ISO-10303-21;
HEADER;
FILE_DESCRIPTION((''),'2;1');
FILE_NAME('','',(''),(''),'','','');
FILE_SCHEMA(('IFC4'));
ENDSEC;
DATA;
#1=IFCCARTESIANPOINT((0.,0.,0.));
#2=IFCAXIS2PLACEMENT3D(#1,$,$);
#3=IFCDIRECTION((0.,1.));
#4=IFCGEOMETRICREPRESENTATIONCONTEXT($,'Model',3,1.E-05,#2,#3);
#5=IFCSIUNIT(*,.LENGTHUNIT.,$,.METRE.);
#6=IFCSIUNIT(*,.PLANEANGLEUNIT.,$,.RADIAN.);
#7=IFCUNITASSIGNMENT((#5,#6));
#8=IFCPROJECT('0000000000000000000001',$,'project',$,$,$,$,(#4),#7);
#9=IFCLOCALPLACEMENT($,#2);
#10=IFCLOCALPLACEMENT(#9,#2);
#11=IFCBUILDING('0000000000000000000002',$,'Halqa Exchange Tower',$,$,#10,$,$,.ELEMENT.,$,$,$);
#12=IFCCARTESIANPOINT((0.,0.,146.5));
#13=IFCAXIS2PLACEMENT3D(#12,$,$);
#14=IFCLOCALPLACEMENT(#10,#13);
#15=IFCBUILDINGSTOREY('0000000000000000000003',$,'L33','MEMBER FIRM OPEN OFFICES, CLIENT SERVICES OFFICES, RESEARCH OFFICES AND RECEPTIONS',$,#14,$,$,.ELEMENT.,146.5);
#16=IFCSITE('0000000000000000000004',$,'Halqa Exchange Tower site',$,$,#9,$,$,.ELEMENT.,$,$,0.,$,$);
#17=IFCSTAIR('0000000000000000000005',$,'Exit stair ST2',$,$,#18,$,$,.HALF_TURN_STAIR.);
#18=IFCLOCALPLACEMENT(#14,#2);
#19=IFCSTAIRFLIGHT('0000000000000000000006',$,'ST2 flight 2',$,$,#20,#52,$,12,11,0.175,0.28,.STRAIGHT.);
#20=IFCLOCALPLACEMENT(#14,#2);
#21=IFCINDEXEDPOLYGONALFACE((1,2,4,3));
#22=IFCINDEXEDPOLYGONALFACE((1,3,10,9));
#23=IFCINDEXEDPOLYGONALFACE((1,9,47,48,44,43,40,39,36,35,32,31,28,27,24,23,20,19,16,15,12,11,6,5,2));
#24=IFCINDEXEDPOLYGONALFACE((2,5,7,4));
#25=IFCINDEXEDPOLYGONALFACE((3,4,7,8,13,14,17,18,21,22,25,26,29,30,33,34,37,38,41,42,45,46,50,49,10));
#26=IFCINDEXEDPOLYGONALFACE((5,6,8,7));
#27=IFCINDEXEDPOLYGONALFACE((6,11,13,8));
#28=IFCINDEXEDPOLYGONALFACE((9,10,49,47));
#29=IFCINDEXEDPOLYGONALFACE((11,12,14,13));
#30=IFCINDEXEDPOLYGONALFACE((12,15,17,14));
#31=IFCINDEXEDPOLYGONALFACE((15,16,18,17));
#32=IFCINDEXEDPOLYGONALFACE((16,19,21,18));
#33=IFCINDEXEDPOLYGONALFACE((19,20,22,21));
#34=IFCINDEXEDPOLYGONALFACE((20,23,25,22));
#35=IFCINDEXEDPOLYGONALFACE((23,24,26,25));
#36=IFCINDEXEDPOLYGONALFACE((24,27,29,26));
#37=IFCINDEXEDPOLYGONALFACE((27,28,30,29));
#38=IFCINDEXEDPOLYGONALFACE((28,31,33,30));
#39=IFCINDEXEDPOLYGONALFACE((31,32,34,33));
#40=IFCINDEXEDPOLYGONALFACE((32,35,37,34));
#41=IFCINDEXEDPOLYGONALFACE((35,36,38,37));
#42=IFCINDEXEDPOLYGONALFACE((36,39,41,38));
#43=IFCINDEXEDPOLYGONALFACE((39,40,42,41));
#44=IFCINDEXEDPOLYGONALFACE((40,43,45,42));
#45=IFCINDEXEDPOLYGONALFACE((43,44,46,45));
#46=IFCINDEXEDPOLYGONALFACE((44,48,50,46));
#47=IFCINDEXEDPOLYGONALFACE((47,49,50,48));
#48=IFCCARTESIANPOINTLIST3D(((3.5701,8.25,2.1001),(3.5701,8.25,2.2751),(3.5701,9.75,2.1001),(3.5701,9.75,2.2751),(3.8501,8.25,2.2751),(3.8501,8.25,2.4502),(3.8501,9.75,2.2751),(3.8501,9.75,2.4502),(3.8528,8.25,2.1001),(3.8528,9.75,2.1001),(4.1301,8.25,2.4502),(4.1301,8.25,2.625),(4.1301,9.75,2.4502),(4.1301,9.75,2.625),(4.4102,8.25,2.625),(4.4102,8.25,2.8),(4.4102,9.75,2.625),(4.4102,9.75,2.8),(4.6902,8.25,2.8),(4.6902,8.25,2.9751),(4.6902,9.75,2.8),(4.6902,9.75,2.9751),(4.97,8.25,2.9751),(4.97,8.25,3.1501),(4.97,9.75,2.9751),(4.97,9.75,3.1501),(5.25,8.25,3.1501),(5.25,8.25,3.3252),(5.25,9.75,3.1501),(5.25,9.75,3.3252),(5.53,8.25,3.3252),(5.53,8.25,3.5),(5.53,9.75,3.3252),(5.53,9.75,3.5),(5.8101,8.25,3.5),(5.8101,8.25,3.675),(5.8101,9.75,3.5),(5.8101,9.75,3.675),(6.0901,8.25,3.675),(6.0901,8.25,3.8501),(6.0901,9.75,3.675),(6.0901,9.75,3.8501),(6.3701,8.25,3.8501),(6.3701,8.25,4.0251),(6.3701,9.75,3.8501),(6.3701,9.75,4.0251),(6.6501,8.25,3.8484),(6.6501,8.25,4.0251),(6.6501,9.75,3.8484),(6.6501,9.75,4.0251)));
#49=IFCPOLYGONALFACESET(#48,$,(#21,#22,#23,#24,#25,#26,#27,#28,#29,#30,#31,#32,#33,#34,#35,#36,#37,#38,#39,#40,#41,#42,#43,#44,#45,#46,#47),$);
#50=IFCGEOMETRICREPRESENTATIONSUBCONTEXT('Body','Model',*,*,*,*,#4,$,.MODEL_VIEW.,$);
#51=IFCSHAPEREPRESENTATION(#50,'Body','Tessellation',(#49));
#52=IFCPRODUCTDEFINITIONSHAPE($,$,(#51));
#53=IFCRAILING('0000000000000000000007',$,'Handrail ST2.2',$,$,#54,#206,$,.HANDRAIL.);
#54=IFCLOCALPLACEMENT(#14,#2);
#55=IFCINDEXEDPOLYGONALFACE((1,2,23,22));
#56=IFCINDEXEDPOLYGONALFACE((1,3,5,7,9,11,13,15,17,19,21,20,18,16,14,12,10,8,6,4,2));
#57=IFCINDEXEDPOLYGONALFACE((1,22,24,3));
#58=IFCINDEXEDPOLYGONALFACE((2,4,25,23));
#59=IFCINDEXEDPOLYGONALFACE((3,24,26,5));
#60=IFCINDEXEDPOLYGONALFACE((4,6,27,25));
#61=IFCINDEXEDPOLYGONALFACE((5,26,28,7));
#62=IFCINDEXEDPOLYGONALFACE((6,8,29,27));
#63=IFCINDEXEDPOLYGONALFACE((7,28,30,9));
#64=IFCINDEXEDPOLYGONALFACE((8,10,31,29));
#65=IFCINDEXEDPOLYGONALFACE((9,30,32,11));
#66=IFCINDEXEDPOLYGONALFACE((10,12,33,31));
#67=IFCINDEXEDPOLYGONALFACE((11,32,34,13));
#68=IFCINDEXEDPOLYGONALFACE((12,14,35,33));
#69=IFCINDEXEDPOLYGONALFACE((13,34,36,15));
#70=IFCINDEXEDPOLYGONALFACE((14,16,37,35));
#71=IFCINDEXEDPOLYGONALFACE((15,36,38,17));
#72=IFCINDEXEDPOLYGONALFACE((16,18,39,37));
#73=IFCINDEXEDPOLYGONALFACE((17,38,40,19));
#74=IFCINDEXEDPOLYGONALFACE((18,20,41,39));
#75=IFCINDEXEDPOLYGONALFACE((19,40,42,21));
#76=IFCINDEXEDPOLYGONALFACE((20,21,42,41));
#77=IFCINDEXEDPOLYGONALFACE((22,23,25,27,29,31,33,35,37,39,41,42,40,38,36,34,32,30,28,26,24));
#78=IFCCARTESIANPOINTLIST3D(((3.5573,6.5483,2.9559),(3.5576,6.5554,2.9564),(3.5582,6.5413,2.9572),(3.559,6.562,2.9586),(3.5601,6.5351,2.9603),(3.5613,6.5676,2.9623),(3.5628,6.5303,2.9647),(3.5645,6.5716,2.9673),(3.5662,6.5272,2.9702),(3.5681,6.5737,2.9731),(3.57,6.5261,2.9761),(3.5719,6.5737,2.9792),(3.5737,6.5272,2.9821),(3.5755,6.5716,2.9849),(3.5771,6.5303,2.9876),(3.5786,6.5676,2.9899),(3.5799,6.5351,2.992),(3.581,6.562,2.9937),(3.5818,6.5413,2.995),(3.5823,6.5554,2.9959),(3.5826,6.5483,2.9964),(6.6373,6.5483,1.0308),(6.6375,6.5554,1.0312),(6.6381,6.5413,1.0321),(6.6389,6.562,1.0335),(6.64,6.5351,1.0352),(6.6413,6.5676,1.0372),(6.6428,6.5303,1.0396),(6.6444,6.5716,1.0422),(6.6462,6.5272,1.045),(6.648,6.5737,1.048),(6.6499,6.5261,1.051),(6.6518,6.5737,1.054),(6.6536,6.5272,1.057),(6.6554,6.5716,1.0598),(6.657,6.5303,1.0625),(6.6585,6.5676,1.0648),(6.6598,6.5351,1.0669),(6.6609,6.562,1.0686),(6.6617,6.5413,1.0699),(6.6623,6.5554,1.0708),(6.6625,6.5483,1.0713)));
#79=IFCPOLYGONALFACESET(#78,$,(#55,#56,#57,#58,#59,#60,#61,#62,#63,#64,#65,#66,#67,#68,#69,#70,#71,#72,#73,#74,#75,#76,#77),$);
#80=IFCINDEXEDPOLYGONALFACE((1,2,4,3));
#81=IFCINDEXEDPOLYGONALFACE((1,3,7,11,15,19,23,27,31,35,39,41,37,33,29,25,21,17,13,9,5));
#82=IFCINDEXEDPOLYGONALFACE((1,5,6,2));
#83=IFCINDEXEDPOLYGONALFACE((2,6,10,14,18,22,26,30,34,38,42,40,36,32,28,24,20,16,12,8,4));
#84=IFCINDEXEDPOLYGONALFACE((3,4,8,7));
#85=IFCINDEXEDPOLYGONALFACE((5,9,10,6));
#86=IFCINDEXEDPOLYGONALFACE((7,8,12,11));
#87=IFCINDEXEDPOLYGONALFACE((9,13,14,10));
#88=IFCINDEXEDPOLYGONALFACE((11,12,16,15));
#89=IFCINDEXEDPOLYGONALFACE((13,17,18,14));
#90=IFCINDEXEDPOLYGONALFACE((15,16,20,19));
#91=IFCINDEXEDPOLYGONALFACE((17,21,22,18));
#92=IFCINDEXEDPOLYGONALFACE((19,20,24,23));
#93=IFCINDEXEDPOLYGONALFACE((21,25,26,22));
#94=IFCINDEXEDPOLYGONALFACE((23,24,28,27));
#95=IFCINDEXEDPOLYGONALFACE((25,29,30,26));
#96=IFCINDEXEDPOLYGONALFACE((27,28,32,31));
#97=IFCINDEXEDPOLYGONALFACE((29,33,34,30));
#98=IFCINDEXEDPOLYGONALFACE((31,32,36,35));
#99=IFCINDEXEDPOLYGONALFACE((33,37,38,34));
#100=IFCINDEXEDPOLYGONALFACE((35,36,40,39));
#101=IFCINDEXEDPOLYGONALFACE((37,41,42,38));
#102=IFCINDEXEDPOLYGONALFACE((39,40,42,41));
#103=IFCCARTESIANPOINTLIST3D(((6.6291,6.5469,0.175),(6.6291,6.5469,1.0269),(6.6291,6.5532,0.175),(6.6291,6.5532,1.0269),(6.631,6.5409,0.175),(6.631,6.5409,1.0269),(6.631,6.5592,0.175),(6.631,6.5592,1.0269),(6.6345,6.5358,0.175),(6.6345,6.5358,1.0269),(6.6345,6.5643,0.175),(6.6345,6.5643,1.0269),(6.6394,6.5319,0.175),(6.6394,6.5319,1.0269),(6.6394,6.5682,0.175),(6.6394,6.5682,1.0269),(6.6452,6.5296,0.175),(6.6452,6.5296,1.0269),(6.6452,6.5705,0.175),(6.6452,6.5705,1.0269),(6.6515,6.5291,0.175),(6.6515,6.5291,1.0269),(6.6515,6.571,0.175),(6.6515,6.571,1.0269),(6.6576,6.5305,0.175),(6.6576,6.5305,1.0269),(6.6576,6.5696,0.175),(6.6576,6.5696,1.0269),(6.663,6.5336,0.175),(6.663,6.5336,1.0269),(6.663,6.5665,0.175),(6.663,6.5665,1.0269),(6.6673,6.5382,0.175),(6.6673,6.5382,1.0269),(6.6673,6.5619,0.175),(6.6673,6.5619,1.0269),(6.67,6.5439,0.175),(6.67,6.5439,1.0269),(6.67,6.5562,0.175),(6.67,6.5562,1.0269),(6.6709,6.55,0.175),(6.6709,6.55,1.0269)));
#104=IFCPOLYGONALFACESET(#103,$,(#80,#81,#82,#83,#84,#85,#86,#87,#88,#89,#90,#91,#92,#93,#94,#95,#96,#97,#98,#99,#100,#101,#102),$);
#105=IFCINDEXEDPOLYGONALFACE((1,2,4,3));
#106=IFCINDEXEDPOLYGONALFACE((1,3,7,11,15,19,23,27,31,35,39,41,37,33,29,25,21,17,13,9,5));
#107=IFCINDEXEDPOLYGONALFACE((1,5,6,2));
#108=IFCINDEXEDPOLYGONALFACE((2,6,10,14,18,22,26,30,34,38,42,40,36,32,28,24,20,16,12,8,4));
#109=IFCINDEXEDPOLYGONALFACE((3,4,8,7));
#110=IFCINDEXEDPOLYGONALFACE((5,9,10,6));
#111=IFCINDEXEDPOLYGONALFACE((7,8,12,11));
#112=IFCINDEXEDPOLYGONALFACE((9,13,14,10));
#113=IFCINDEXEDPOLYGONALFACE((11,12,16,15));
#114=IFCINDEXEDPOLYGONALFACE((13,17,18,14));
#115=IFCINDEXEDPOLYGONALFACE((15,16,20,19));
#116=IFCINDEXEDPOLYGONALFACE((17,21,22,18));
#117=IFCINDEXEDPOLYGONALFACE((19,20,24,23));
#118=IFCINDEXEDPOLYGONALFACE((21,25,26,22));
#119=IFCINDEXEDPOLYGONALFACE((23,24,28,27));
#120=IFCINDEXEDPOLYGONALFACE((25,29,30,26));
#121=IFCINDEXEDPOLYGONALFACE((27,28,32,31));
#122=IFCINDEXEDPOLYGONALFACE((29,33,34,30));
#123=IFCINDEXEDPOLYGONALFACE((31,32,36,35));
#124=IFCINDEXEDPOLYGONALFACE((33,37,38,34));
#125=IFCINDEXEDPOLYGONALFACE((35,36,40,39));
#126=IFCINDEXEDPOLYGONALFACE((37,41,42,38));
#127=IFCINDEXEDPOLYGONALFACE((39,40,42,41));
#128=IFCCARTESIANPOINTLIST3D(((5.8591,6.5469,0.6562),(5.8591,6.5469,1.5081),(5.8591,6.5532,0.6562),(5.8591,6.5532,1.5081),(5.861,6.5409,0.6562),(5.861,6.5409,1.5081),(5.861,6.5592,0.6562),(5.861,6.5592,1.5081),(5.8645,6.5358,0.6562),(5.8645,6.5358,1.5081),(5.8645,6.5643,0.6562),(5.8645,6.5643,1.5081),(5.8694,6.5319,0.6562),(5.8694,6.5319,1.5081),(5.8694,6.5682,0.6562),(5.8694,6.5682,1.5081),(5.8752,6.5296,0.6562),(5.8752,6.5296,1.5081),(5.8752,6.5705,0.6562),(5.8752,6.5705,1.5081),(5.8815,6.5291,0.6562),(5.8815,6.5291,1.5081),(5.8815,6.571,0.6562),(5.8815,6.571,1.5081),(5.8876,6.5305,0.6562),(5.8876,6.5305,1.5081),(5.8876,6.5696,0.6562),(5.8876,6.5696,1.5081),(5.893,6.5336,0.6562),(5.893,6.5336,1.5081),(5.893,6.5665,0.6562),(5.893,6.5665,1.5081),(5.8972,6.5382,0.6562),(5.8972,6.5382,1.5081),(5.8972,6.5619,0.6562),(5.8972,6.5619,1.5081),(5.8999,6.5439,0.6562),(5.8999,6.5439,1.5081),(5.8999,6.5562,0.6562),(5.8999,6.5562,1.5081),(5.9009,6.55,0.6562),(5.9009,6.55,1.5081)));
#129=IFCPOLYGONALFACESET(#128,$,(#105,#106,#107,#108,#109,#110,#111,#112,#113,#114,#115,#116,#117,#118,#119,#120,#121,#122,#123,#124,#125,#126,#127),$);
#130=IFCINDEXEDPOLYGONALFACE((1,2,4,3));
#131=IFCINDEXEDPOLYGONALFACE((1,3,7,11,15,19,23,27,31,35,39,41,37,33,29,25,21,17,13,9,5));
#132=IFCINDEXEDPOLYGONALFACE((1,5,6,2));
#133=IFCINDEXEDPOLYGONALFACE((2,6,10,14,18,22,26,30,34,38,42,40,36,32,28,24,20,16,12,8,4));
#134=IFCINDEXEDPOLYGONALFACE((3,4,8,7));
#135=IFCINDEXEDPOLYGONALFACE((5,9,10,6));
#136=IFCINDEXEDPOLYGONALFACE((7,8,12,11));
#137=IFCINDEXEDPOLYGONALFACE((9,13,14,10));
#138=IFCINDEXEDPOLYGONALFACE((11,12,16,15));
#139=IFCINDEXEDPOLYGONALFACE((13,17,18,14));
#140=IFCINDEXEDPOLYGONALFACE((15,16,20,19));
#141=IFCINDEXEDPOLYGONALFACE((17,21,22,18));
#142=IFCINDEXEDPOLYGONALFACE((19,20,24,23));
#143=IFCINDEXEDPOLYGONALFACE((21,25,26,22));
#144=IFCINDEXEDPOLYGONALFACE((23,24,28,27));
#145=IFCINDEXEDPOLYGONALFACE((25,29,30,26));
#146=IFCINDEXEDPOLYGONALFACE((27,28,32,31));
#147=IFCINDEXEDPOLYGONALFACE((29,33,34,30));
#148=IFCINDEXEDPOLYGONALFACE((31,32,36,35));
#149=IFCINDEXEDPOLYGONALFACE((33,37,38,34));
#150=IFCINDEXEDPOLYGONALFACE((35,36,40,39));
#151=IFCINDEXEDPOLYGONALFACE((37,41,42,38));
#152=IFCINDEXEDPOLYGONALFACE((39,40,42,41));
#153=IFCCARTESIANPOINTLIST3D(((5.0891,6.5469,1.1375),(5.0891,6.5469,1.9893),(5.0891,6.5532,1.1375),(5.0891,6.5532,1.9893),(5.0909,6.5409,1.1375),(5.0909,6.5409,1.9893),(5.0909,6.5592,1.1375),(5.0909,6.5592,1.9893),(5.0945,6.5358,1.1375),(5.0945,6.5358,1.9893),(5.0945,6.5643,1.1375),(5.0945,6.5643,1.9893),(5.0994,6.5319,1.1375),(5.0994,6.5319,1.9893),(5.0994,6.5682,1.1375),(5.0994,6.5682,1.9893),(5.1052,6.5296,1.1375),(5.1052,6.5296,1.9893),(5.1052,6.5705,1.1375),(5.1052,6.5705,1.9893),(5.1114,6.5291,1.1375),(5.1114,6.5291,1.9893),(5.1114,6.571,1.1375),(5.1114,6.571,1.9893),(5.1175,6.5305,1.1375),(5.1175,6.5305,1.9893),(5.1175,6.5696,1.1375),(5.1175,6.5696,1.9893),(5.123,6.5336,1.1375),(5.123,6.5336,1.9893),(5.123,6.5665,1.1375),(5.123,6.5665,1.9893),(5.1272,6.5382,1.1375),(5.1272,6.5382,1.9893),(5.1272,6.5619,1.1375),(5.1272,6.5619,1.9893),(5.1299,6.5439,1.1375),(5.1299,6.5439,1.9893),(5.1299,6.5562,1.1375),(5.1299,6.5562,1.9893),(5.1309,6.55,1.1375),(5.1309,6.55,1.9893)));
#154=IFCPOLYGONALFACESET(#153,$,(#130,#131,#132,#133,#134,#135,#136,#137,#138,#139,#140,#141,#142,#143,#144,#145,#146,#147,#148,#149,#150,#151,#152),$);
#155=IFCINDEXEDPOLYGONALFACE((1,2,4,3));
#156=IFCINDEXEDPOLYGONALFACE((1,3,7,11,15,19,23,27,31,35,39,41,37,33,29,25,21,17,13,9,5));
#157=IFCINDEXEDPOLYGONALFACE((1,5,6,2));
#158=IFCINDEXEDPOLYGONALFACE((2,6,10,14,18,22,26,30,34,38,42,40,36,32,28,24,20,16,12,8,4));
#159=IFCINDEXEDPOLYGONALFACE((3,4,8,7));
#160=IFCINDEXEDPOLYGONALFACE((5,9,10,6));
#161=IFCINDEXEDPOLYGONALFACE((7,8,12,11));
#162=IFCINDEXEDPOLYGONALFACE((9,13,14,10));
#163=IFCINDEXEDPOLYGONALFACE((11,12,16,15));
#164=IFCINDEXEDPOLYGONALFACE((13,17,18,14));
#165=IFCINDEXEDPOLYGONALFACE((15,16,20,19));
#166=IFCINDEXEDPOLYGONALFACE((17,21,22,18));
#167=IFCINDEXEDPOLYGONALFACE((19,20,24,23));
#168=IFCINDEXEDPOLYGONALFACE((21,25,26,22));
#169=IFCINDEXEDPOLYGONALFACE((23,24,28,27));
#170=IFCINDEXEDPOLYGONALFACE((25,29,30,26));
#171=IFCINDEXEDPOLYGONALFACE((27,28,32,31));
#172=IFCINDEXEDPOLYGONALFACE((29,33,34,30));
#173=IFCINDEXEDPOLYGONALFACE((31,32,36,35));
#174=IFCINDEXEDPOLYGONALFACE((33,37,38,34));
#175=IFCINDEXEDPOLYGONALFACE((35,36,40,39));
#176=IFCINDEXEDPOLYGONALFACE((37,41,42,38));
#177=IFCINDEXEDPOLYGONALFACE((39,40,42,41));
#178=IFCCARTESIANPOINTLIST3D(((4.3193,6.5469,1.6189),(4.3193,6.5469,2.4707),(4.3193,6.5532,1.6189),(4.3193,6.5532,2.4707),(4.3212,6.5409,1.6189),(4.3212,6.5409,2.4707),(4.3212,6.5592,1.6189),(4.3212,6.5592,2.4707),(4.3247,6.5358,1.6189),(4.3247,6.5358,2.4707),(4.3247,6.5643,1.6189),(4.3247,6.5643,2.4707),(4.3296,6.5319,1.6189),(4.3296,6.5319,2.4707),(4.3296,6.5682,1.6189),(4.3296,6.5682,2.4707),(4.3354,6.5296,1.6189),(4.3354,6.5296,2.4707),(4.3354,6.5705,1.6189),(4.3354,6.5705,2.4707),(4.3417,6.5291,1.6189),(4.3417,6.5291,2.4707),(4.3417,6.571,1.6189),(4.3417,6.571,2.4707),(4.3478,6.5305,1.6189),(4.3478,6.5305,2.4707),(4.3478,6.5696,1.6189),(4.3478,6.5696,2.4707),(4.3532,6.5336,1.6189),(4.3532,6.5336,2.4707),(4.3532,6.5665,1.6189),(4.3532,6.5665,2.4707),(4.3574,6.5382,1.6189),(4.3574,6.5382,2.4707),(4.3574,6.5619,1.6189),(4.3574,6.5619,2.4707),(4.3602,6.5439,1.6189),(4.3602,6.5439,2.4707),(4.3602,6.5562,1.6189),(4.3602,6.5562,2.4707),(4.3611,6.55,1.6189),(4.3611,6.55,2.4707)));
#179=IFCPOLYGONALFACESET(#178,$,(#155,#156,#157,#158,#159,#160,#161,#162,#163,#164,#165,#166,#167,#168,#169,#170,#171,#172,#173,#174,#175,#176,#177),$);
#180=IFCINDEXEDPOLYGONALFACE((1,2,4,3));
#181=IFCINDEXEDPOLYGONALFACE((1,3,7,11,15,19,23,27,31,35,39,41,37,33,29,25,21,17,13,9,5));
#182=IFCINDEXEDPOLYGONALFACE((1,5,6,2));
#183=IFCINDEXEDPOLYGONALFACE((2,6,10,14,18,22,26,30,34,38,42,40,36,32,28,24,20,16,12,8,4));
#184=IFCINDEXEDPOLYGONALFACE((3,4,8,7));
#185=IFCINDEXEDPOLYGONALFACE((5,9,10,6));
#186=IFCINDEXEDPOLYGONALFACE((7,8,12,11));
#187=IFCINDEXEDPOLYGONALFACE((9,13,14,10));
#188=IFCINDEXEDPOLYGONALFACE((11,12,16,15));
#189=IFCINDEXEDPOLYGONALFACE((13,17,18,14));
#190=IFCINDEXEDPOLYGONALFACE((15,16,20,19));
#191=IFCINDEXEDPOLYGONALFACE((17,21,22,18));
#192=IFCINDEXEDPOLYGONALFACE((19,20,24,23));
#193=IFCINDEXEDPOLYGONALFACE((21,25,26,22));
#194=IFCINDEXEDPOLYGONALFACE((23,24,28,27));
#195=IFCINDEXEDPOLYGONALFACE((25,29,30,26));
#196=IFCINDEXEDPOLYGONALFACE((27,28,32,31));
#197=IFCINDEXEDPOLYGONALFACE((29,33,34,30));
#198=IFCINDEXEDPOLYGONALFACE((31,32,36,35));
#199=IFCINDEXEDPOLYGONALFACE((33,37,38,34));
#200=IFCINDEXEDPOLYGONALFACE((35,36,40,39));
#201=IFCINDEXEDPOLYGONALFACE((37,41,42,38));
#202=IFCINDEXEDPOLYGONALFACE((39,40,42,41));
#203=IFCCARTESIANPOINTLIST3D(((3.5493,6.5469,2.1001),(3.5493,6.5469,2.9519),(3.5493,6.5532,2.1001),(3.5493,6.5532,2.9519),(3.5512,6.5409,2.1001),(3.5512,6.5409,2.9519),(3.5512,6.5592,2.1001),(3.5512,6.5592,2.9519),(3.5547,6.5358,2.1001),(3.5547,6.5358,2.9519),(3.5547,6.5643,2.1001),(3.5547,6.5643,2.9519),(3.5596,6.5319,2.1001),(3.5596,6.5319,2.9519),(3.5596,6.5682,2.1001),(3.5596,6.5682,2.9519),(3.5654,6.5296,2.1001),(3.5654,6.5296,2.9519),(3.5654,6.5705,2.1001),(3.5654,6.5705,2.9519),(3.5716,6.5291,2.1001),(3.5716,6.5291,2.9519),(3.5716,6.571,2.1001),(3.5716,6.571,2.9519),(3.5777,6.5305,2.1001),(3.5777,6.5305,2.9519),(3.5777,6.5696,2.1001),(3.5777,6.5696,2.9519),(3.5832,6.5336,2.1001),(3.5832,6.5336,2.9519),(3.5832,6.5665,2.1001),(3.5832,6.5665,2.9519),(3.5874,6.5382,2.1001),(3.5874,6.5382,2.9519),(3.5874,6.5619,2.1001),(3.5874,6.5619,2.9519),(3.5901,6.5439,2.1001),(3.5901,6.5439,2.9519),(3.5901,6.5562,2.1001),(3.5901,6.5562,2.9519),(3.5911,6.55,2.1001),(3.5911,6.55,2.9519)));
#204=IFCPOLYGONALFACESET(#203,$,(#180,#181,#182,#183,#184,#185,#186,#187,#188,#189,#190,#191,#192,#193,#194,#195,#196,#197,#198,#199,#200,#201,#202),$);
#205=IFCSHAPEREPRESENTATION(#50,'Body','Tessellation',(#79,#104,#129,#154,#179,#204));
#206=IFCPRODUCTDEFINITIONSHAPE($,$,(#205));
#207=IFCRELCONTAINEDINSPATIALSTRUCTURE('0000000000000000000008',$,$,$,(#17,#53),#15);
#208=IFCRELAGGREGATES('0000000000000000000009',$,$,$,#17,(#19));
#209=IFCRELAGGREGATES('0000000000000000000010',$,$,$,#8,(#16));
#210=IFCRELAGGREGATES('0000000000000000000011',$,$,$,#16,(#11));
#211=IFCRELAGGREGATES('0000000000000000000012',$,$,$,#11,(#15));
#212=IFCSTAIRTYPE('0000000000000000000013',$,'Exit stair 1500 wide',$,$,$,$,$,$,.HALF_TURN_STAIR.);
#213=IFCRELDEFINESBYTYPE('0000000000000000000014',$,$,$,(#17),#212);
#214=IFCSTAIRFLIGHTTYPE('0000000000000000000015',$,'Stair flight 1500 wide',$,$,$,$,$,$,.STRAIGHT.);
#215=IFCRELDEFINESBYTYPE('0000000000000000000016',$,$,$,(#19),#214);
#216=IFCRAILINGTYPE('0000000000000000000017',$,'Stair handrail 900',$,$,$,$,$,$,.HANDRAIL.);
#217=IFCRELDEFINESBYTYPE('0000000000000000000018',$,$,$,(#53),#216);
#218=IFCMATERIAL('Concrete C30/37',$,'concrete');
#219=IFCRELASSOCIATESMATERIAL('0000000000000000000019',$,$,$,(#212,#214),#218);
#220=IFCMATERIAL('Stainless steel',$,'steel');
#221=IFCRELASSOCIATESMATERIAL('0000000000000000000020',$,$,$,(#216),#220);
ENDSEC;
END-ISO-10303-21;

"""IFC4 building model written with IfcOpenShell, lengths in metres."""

from ifc_helpers import new_model, si_unit, direction, frame, origin, origin_2d, place, context, subcontext, project, spatial, polyline, circle, outline, extrude, material, type_object, element, aggregate, save


model = new_model("IFC4")

# Units and contexts
model_context = context("Model", 3, precision=1e-05, world=origin(), true_north=direction((0.0, 1.0)))
body_context = subcontext(model_context, "Body", "Model", "MODEL_VIEW")
ifc_project = project(units=[si_unit("LENGTHUNIT", "METRE"), si_unit("PLANEANGLEUNIT", "RADIAN")], contexts=[model_context])

# Site, building, storey
site_placement = place(None, origin())
site = spatial("IfcSite", under=ifc_project, at=site_placement, Name="Halqa Exchange Tower site", CompositionType="ELEMENT", RefElevation=0.0)
building_placement = place(site_placement, origin())
building = spatial("IfcBuilding", under=site, at=building_placement, Name="Halqa Exchange Tower", CompositionType="ELEMENT")
storey_placement = place(building_placement, frame((0.0, 0.0, 146.5)))
storey = spatial("IfcBuildingStorey", under=building, at=storey_placement, Name="L33", Description="MEMBER FIRM OPEN OFFICES, CLIENT SERVICES OFFICES, RESEARCH OFFICES AND RECEPTIONS", CompositionType="ELEMENT", Elevation=146.5)

# Stair
ifc_material_1 = material(Name="Concrete C30/37", Category="concrete")
stair_type = type_object("IfcStairType", Name="Exit stair 1500 wide", PredefinedType="HALF_TURN_STAIR", material=ifc_material_1)
stair_1_placement = place(storey_placement, origin())
stair_1 = element("IfcStair", 1, at=stair_1_placement, inside=storey, type_object=stair_type, Name="Exit stair ST2", PredefinedType="HALF_TURN_STAIR")

# Stair flight
stair_flight_type = type_object("IfcStairFlightType", Name="Stair flight 1500 wide", PredefinedType="STRAIGHT", material=ifc_material_1)
stair_flight_1_placement = place(storey_placement, frame((3.5701, 9.0, 2.1001), z_axis=(0.0, 0.0, 1.0), x_axis=(1.0, 0.0, 0.0)))
stair_flight_1 = element("IfcStairFlight", 2, at=stair_flight_1_placement, type_object=stair_flight_type, Name="ST2 flight 2", NumberOfRisers=12, NumberOfTreads=11, PredefinedType="STRAIGHT", RiserHeight=0.175, TreadLength=0.28, context=body_context, shape_type="SweptSolid", body=[
    extrude(outline(polyline([(0.0, 0.0), (0.0, 0.175), (0.28, 0.175), (0.28, 0.3501), (0.5601, 0.3501), (0.5601, 0.5249), (0.8401, 0.5249), (0.8401, 0.7), (1.1201, 0.7), (1.1201, 0.875), (1.3999, 0.875), (1.3999, 1.05), (1.6799, 1.05), (1.6799, 1.2251), (1.96, 1.2251), (1.96, 1.3999), (2.24, 1.3999), (2.24, 1.575), (2.52, 1.575), (2.52, 1.75), (2.8, 1.75), (2.8, 1.925), (3.0801, 1.925), (3.0801, 2.1001), (3.0801, 1.7483), (0.2827, 0.0), (0.0, 0.0)])), frame((0.0, 0.75, 0.0), z_axis=(0.0, -1.0, 0.0), x_axis=(1.0, 0.0, 0.0)), (0.0, 0.0, 1.0), 1.5),
])
aggregate(stair_1, [stair_flight_1])

# Railing
ifc_material_2 = material(Name="Stainless steel", Category="steel")
railing_type_1 = type_object("IfcRailingType", Name="Stair handrail 900", PredefinedType="HANDRAIL", material=ifc_material_2)
railing_1_placement = place(storey_placement, frame((6.6499, 6.55, 0.175)))
element("IfcRailing", 3, at=railing_1_placement, inside=storey, type_object=railing_type_1, Name="Handrail ST2.2", PredefinedType="HANDRAIL", context=body_context, shape_type="SweptSolid", body=[
    extrude(circle(Radius=0.0239, at=origin_2d()), frame((0.0, 0.0, 0.876), z_axis=(-0.847979, 0.0, 0.530029), x_axis=(0.0, -1.0, 0.0)), (0.0, 0.0, 1.0), 3.6321),
    extrude(circle(Radius=0.021, at=origin_2d()), origin(), (0.0, 0.0, 1.0), 0.8518),
    extrude(circle(Radius=0.021, at=origin_2d()), frame((-0.77, 0.0, 0.4812)), (0.0, 0.0, 1.0), 0.8518),
    extrude(circle(Radius=0.021, at=origin_2d()), frame((-1.54, 0.0, 0.9624)), (0.0, 0.0, 1.0), 0.8518),
    extrude(circle(Radius=0.021, at=origin_2d()), frame((-2.3098, 0.0, 1.4438)), (0.0, 0.0, 1.0), 0.8518),
    extrude(circle(Radius=0.021, at=origin_2d()), frame((-3.0798, 0.0, 1.925)), (0.0, 0.0, 1.0), 0.8518),
])

save(model, "model.ifc")
